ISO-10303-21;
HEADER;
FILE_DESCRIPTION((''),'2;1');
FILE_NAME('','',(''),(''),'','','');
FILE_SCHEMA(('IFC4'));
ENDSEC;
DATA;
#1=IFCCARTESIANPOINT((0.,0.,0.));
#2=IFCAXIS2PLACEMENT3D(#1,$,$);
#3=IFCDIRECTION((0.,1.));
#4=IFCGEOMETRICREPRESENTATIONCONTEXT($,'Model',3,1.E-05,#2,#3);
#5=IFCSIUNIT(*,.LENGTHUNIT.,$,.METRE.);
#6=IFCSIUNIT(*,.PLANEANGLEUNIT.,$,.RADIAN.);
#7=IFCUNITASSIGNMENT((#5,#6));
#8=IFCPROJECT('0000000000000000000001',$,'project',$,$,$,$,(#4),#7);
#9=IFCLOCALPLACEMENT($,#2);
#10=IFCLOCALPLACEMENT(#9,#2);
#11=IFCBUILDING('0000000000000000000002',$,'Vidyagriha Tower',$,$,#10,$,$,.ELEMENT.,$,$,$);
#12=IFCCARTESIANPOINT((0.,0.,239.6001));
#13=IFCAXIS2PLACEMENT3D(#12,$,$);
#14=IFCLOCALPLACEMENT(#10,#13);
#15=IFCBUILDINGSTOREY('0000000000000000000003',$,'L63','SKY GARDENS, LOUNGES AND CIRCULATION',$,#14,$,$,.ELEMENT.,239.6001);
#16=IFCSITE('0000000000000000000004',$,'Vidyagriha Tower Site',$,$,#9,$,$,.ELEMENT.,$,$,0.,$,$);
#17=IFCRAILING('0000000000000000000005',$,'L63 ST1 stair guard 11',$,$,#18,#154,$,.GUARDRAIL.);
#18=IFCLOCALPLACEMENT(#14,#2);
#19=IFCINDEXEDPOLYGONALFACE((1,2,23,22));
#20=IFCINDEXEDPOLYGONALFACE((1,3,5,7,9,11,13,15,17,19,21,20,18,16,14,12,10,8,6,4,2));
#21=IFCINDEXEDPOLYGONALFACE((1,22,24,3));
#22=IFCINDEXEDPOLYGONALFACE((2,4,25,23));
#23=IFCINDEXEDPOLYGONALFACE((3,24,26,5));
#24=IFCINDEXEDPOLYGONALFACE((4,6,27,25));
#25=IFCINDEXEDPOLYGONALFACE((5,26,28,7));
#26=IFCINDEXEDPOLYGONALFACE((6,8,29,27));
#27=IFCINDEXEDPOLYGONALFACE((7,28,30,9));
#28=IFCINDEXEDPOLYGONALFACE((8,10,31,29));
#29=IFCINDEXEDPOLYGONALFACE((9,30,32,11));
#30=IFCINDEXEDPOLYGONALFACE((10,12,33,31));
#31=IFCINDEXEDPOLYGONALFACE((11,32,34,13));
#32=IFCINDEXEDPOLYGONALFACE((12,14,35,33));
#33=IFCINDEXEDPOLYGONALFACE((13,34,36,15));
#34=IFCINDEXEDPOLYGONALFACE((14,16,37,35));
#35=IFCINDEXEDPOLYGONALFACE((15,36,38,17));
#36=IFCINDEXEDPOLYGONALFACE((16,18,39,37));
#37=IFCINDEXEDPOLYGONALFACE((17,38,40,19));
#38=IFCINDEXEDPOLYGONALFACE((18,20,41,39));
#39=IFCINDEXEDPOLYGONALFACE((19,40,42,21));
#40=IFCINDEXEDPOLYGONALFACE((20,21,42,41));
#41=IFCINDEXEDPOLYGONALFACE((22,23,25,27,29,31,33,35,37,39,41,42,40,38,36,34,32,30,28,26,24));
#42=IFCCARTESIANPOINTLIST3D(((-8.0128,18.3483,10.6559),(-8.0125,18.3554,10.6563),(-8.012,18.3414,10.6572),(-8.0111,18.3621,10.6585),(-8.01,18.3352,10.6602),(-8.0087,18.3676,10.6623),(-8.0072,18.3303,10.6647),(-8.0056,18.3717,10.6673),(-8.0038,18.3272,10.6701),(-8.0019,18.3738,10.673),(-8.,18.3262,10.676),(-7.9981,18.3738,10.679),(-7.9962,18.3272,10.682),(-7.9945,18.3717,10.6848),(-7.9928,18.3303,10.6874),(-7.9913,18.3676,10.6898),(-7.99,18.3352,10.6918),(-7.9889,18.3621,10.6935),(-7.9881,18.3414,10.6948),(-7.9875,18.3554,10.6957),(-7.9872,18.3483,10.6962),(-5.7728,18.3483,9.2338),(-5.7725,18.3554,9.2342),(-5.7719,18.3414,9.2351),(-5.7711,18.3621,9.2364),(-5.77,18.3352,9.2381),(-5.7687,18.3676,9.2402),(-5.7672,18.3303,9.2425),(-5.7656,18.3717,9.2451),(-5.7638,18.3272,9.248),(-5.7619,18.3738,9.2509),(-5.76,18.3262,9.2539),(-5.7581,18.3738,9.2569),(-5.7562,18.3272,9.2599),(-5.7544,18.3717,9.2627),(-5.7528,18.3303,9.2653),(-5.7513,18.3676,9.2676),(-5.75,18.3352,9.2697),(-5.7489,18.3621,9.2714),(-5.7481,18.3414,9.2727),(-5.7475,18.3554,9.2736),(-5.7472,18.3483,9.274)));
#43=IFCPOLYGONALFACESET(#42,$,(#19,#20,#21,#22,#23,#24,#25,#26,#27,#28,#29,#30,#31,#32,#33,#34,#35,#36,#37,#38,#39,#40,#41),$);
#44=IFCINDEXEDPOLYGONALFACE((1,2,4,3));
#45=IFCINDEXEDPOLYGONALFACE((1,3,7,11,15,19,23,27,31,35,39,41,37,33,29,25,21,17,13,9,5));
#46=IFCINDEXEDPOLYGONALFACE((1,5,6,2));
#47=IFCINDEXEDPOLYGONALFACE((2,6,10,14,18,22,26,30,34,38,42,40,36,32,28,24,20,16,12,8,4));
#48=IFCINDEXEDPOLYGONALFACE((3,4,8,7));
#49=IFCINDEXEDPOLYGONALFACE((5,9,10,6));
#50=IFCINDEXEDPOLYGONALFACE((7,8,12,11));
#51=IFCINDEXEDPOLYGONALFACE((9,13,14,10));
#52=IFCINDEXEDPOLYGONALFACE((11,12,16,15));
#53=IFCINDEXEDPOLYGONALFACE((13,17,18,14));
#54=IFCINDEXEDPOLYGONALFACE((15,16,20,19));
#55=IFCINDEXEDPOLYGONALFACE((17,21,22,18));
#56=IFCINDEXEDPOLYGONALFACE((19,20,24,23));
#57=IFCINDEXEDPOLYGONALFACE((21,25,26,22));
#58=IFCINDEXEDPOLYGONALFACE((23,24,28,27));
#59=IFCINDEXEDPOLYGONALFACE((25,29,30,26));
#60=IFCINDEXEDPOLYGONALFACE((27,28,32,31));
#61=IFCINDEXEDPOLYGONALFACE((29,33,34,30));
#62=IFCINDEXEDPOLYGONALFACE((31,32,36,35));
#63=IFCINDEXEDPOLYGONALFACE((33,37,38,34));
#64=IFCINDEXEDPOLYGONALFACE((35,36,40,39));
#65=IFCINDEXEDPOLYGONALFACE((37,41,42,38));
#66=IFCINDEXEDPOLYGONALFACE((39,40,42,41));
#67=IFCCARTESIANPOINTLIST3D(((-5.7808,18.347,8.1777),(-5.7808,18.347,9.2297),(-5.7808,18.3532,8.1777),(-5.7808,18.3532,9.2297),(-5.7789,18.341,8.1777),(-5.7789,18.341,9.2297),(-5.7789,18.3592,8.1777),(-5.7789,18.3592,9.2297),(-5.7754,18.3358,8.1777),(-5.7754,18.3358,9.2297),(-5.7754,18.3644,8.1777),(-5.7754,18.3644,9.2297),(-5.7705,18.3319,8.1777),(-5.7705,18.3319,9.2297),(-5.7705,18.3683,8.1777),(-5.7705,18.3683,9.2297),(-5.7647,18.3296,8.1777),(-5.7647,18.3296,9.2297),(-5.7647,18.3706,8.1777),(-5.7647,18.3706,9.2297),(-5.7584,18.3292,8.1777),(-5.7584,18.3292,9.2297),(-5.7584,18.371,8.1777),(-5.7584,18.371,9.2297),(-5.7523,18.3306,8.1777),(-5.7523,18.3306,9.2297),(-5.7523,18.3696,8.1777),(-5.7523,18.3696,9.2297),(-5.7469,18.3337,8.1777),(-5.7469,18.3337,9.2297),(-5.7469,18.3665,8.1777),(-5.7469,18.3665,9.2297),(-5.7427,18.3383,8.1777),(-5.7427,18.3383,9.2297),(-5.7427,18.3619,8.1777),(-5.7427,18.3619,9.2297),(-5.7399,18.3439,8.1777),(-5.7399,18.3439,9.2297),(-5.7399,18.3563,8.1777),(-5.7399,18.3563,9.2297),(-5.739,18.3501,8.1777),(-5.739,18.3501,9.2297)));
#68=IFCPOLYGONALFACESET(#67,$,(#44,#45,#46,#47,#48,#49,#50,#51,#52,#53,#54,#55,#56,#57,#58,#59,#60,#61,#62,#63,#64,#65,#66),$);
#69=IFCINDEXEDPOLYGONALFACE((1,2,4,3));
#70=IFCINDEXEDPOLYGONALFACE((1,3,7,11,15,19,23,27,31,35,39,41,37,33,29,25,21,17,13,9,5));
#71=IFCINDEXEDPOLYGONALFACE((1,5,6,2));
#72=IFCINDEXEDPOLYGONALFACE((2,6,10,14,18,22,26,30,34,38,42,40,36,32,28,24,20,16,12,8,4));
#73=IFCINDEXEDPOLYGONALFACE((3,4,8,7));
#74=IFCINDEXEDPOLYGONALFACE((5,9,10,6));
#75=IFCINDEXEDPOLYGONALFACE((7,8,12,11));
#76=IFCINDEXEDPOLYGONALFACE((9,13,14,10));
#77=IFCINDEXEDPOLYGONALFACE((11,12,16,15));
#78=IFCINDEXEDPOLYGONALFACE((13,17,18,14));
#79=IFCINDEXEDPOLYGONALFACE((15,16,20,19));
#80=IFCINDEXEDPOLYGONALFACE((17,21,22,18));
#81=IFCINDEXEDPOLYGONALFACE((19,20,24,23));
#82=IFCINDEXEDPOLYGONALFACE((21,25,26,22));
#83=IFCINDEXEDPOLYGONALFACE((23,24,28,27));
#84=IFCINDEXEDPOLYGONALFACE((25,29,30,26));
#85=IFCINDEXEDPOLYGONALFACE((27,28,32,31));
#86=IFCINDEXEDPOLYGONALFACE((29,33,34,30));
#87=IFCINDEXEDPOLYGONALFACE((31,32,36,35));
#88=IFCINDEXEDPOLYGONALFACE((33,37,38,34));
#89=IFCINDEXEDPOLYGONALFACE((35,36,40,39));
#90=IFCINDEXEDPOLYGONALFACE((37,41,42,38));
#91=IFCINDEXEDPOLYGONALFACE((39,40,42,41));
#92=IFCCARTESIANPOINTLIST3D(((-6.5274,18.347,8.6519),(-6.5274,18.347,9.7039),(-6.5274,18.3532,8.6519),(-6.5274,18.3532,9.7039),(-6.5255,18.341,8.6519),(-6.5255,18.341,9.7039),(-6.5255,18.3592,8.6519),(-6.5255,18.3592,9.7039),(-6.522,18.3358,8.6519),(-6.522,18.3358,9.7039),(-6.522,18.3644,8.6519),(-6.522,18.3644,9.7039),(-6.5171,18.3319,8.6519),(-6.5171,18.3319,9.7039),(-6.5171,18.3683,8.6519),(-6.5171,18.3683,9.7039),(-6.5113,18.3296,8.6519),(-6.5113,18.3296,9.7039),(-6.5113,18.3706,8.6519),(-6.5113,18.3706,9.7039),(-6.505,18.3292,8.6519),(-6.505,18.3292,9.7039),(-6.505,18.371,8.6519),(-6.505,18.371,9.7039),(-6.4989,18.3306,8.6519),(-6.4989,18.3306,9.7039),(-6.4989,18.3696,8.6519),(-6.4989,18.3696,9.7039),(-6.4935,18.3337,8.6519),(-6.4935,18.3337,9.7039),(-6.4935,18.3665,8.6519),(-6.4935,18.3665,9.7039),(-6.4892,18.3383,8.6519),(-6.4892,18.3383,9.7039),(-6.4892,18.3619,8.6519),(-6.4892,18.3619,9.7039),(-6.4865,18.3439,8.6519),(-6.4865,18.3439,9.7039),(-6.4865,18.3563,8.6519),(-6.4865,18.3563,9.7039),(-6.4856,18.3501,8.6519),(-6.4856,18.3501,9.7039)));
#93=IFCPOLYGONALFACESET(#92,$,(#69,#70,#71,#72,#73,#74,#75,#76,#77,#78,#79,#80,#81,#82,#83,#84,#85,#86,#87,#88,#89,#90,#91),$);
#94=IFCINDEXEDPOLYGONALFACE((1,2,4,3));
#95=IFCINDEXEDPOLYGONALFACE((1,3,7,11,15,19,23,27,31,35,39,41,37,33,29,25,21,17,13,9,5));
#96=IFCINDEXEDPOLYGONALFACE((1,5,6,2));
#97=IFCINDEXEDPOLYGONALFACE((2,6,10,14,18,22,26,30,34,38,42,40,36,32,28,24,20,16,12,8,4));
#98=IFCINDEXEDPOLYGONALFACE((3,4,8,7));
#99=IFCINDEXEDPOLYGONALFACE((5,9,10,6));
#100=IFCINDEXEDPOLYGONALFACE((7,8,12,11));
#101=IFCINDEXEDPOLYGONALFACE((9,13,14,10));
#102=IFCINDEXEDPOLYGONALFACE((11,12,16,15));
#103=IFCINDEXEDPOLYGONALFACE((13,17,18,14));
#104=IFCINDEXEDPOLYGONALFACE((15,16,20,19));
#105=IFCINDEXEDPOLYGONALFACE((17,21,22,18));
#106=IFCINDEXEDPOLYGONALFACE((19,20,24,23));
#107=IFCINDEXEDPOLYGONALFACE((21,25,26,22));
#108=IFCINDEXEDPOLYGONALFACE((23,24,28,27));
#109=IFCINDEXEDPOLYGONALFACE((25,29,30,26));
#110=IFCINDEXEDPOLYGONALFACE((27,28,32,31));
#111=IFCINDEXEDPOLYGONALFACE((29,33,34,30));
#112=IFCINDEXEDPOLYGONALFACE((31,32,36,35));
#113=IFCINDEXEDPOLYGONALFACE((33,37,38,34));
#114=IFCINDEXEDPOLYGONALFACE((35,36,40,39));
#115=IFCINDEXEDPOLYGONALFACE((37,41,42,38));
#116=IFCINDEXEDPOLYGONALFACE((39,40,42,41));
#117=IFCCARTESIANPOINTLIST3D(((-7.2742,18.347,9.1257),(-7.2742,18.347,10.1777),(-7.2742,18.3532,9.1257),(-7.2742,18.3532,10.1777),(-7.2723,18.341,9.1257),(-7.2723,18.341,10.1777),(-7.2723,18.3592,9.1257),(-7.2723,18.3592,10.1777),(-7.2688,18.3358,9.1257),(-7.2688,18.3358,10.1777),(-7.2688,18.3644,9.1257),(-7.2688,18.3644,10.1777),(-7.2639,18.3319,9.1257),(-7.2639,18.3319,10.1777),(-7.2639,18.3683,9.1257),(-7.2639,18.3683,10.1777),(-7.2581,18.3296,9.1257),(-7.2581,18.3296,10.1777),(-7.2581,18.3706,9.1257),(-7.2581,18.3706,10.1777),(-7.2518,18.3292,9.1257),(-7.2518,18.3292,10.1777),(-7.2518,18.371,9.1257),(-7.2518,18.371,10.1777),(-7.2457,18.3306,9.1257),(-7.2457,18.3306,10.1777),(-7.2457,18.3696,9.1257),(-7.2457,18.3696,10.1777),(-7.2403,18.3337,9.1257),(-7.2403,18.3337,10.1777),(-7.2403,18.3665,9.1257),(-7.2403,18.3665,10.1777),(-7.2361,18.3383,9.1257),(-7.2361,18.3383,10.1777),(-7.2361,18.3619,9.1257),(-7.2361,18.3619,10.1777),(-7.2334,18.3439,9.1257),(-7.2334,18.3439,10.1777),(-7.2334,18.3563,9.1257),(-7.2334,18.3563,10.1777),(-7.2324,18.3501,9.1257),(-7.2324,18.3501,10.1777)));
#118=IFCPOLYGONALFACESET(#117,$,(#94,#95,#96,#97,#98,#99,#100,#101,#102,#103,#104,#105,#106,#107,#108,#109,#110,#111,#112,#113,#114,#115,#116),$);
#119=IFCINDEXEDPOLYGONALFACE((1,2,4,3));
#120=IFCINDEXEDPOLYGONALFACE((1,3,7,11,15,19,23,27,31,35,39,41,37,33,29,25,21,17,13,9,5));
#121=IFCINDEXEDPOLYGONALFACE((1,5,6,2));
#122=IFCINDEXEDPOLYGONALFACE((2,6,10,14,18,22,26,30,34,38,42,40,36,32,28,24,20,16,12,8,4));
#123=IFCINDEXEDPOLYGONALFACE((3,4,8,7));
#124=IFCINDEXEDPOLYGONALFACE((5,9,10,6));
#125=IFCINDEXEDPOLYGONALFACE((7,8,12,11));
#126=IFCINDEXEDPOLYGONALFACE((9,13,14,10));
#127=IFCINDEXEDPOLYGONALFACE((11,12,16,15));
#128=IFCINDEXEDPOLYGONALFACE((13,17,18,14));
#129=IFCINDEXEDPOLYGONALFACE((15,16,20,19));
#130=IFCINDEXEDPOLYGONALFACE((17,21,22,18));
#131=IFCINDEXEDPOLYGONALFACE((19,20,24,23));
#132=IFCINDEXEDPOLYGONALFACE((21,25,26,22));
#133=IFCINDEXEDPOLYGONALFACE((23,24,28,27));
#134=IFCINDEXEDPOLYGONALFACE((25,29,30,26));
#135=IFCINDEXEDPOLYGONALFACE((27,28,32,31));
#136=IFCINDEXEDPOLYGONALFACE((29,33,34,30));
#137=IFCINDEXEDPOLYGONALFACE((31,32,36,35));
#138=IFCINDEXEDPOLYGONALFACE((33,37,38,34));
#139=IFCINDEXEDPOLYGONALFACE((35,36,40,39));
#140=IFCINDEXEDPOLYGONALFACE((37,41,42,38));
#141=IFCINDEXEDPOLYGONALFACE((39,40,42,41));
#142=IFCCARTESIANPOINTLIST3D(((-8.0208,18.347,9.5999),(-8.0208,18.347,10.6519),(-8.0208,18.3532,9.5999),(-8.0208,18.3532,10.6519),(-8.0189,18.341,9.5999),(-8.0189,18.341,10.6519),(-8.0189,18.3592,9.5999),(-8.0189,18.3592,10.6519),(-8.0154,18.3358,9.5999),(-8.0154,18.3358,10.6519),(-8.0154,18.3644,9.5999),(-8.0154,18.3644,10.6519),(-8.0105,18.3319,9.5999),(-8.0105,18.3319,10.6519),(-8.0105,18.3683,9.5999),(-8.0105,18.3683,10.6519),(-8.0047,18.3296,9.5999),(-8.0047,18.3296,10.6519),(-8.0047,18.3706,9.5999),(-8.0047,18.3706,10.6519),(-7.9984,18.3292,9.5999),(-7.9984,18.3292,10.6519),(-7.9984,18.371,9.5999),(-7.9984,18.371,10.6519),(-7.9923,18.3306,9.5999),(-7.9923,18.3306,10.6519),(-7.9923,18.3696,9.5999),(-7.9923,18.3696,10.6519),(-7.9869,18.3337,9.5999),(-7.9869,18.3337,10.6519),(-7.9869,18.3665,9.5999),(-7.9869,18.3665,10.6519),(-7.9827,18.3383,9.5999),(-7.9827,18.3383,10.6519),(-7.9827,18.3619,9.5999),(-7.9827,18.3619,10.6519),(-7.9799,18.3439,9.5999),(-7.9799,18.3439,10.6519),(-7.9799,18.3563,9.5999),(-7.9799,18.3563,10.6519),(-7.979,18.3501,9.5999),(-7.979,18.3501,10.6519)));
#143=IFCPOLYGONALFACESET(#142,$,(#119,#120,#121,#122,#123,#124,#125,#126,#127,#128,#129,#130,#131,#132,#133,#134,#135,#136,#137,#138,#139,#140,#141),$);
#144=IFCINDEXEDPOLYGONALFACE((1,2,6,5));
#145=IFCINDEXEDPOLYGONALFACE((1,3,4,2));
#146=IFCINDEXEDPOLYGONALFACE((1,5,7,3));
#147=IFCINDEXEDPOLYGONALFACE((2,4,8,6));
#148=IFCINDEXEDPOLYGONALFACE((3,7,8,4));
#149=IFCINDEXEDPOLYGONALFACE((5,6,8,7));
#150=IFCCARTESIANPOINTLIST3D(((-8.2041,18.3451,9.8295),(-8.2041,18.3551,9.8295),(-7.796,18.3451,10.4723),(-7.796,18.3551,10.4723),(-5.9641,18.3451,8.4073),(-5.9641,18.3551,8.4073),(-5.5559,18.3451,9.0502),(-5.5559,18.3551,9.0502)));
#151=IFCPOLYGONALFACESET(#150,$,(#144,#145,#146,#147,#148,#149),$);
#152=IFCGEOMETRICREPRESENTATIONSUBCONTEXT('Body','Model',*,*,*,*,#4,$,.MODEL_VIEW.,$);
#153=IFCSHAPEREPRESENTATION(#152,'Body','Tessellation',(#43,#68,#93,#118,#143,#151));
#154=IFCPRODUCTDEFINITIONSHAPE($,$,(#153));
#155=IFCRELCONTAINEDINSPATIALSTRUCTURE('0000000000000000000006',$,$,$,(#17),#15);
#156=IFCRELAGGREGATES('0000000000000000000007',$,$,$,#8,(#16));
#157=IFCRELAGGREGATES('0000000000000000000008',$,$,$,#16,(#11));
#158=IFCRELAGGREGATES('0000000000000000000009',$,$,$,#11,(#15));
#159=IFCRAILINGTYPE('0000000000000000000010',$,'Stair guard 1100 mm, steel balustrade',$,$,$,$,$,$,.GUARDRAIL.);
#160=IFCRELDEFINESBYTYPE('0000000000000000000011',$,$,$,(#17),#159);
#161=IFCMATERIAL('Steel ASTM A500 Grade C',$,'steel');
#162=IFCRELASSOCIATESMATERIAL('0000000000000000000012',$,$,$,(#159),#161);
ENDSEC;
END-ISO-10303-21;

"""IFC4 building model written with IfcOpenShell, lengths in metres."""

from ifc_helpers import new_model, si_unit, direction, frame, origin, origin_2d, place, context, subcontext, project, spatial, rectangle, circle, extrude, material, type_object, element, save


model = new_model("IFC4")

# Units and contexts
model_context = context("Model", 3, precision=1e-05, world=origin(), true_north=direction((0.0, 1.0)))
body_context = subcontext(model_context, "Body", "Model", "MODEL_VIEW")
ifc_project = project(units=[si_unit("LENGTHUNIT", "METRE"), si_unit("PLANEANGLEUNIT", "RADIAN")], contexts=[model_context])

# Site, building, storey
site_placement = place(None, origin())
site = spatial("IfcSite", under=ifc_project, at=site_placement, Name="Vidyagriha Tower Site", CompositionType="ELEMENT", RefElevation=0.0)
building_placement = place(site_placement, origin())
building = spatial("IfcBuilding", under=site, at=building_placement, Name="Vidyagriha Tower", CompositionType="ELEMENT")
storey_placement = place(building_placement, frame((0.0, 0.0, 239.6001)))
storey = spatial("IfcBuildingStorey", under=building, at=storey_placement, Name="L63", Description="SKY GARDENS, LOUNGES AND CIRCULATION", CompositionType="ELEMENT", Elevation=239.6001)

# Railing
ifc_material_1 = material(Name="Steel ASTM A500 Grade C", Category="steel")
railing_type_1 = type_object("IfcRailingType", Name="Stair guard 1100 mm, steel balustrade", PredefinedType="GUARDRAIL", material=ifc_material_1)
railing_1_placement = place(storey_placement, frame((-5.76, 18.3501, 8.1777)))
element("IfcRailing", 1, at=railing_1_placement, inside=storey, type_object=railing_type_1, Name="L63 ST1 stair guard 11", PredefinedType="GUARDRAIL", context=body_context, shape_type="SweptSolid", body=[
    extrude(circle(Radius=0.0239, at=origin_2d()), frame((0.0, 0.0, 1.0762), z_axis=(-0.844229, 0.0, 0.535982), x_axis=(0.0, -1.0, 0.0)), (0.0, 0.0, 1.0), 2.6533),
    extrude(circle(Radius=0.021, at=origin_2d()), origin(), (0.0, 0.0, 1.0), 1.052),
    extrude(circle(Radius=0.021, at=origin_2d()), frame((-0.7466, 0.0, 0.4741)), (0.0, 0.0, 1.0), 1.052),
    extrude(circle(Radius=0.021, at=origin_2d()), frame((-1.4934, 0.0, 0.948)), (0.0, 0.0, 1.0), 1.052),
    extrude(circle(Radius=0.021, at=origin_2d()), frame((-2.24, 0.0, 1.4221)), (0.0, 0.0, 1.0), 1.052),
    extrude(rectangle(XDim=0.01, YDim=0.7615, at=origin_2d()), frame((0.0, 0.0, 0.551), z_axis=(-0.844229, 0.0, 0.535982), x_axis=(0.0, -1.0, 0.0)), (0.0, 0.0, 1.0), 2.6533),
])

save(model, "model.ifc")
